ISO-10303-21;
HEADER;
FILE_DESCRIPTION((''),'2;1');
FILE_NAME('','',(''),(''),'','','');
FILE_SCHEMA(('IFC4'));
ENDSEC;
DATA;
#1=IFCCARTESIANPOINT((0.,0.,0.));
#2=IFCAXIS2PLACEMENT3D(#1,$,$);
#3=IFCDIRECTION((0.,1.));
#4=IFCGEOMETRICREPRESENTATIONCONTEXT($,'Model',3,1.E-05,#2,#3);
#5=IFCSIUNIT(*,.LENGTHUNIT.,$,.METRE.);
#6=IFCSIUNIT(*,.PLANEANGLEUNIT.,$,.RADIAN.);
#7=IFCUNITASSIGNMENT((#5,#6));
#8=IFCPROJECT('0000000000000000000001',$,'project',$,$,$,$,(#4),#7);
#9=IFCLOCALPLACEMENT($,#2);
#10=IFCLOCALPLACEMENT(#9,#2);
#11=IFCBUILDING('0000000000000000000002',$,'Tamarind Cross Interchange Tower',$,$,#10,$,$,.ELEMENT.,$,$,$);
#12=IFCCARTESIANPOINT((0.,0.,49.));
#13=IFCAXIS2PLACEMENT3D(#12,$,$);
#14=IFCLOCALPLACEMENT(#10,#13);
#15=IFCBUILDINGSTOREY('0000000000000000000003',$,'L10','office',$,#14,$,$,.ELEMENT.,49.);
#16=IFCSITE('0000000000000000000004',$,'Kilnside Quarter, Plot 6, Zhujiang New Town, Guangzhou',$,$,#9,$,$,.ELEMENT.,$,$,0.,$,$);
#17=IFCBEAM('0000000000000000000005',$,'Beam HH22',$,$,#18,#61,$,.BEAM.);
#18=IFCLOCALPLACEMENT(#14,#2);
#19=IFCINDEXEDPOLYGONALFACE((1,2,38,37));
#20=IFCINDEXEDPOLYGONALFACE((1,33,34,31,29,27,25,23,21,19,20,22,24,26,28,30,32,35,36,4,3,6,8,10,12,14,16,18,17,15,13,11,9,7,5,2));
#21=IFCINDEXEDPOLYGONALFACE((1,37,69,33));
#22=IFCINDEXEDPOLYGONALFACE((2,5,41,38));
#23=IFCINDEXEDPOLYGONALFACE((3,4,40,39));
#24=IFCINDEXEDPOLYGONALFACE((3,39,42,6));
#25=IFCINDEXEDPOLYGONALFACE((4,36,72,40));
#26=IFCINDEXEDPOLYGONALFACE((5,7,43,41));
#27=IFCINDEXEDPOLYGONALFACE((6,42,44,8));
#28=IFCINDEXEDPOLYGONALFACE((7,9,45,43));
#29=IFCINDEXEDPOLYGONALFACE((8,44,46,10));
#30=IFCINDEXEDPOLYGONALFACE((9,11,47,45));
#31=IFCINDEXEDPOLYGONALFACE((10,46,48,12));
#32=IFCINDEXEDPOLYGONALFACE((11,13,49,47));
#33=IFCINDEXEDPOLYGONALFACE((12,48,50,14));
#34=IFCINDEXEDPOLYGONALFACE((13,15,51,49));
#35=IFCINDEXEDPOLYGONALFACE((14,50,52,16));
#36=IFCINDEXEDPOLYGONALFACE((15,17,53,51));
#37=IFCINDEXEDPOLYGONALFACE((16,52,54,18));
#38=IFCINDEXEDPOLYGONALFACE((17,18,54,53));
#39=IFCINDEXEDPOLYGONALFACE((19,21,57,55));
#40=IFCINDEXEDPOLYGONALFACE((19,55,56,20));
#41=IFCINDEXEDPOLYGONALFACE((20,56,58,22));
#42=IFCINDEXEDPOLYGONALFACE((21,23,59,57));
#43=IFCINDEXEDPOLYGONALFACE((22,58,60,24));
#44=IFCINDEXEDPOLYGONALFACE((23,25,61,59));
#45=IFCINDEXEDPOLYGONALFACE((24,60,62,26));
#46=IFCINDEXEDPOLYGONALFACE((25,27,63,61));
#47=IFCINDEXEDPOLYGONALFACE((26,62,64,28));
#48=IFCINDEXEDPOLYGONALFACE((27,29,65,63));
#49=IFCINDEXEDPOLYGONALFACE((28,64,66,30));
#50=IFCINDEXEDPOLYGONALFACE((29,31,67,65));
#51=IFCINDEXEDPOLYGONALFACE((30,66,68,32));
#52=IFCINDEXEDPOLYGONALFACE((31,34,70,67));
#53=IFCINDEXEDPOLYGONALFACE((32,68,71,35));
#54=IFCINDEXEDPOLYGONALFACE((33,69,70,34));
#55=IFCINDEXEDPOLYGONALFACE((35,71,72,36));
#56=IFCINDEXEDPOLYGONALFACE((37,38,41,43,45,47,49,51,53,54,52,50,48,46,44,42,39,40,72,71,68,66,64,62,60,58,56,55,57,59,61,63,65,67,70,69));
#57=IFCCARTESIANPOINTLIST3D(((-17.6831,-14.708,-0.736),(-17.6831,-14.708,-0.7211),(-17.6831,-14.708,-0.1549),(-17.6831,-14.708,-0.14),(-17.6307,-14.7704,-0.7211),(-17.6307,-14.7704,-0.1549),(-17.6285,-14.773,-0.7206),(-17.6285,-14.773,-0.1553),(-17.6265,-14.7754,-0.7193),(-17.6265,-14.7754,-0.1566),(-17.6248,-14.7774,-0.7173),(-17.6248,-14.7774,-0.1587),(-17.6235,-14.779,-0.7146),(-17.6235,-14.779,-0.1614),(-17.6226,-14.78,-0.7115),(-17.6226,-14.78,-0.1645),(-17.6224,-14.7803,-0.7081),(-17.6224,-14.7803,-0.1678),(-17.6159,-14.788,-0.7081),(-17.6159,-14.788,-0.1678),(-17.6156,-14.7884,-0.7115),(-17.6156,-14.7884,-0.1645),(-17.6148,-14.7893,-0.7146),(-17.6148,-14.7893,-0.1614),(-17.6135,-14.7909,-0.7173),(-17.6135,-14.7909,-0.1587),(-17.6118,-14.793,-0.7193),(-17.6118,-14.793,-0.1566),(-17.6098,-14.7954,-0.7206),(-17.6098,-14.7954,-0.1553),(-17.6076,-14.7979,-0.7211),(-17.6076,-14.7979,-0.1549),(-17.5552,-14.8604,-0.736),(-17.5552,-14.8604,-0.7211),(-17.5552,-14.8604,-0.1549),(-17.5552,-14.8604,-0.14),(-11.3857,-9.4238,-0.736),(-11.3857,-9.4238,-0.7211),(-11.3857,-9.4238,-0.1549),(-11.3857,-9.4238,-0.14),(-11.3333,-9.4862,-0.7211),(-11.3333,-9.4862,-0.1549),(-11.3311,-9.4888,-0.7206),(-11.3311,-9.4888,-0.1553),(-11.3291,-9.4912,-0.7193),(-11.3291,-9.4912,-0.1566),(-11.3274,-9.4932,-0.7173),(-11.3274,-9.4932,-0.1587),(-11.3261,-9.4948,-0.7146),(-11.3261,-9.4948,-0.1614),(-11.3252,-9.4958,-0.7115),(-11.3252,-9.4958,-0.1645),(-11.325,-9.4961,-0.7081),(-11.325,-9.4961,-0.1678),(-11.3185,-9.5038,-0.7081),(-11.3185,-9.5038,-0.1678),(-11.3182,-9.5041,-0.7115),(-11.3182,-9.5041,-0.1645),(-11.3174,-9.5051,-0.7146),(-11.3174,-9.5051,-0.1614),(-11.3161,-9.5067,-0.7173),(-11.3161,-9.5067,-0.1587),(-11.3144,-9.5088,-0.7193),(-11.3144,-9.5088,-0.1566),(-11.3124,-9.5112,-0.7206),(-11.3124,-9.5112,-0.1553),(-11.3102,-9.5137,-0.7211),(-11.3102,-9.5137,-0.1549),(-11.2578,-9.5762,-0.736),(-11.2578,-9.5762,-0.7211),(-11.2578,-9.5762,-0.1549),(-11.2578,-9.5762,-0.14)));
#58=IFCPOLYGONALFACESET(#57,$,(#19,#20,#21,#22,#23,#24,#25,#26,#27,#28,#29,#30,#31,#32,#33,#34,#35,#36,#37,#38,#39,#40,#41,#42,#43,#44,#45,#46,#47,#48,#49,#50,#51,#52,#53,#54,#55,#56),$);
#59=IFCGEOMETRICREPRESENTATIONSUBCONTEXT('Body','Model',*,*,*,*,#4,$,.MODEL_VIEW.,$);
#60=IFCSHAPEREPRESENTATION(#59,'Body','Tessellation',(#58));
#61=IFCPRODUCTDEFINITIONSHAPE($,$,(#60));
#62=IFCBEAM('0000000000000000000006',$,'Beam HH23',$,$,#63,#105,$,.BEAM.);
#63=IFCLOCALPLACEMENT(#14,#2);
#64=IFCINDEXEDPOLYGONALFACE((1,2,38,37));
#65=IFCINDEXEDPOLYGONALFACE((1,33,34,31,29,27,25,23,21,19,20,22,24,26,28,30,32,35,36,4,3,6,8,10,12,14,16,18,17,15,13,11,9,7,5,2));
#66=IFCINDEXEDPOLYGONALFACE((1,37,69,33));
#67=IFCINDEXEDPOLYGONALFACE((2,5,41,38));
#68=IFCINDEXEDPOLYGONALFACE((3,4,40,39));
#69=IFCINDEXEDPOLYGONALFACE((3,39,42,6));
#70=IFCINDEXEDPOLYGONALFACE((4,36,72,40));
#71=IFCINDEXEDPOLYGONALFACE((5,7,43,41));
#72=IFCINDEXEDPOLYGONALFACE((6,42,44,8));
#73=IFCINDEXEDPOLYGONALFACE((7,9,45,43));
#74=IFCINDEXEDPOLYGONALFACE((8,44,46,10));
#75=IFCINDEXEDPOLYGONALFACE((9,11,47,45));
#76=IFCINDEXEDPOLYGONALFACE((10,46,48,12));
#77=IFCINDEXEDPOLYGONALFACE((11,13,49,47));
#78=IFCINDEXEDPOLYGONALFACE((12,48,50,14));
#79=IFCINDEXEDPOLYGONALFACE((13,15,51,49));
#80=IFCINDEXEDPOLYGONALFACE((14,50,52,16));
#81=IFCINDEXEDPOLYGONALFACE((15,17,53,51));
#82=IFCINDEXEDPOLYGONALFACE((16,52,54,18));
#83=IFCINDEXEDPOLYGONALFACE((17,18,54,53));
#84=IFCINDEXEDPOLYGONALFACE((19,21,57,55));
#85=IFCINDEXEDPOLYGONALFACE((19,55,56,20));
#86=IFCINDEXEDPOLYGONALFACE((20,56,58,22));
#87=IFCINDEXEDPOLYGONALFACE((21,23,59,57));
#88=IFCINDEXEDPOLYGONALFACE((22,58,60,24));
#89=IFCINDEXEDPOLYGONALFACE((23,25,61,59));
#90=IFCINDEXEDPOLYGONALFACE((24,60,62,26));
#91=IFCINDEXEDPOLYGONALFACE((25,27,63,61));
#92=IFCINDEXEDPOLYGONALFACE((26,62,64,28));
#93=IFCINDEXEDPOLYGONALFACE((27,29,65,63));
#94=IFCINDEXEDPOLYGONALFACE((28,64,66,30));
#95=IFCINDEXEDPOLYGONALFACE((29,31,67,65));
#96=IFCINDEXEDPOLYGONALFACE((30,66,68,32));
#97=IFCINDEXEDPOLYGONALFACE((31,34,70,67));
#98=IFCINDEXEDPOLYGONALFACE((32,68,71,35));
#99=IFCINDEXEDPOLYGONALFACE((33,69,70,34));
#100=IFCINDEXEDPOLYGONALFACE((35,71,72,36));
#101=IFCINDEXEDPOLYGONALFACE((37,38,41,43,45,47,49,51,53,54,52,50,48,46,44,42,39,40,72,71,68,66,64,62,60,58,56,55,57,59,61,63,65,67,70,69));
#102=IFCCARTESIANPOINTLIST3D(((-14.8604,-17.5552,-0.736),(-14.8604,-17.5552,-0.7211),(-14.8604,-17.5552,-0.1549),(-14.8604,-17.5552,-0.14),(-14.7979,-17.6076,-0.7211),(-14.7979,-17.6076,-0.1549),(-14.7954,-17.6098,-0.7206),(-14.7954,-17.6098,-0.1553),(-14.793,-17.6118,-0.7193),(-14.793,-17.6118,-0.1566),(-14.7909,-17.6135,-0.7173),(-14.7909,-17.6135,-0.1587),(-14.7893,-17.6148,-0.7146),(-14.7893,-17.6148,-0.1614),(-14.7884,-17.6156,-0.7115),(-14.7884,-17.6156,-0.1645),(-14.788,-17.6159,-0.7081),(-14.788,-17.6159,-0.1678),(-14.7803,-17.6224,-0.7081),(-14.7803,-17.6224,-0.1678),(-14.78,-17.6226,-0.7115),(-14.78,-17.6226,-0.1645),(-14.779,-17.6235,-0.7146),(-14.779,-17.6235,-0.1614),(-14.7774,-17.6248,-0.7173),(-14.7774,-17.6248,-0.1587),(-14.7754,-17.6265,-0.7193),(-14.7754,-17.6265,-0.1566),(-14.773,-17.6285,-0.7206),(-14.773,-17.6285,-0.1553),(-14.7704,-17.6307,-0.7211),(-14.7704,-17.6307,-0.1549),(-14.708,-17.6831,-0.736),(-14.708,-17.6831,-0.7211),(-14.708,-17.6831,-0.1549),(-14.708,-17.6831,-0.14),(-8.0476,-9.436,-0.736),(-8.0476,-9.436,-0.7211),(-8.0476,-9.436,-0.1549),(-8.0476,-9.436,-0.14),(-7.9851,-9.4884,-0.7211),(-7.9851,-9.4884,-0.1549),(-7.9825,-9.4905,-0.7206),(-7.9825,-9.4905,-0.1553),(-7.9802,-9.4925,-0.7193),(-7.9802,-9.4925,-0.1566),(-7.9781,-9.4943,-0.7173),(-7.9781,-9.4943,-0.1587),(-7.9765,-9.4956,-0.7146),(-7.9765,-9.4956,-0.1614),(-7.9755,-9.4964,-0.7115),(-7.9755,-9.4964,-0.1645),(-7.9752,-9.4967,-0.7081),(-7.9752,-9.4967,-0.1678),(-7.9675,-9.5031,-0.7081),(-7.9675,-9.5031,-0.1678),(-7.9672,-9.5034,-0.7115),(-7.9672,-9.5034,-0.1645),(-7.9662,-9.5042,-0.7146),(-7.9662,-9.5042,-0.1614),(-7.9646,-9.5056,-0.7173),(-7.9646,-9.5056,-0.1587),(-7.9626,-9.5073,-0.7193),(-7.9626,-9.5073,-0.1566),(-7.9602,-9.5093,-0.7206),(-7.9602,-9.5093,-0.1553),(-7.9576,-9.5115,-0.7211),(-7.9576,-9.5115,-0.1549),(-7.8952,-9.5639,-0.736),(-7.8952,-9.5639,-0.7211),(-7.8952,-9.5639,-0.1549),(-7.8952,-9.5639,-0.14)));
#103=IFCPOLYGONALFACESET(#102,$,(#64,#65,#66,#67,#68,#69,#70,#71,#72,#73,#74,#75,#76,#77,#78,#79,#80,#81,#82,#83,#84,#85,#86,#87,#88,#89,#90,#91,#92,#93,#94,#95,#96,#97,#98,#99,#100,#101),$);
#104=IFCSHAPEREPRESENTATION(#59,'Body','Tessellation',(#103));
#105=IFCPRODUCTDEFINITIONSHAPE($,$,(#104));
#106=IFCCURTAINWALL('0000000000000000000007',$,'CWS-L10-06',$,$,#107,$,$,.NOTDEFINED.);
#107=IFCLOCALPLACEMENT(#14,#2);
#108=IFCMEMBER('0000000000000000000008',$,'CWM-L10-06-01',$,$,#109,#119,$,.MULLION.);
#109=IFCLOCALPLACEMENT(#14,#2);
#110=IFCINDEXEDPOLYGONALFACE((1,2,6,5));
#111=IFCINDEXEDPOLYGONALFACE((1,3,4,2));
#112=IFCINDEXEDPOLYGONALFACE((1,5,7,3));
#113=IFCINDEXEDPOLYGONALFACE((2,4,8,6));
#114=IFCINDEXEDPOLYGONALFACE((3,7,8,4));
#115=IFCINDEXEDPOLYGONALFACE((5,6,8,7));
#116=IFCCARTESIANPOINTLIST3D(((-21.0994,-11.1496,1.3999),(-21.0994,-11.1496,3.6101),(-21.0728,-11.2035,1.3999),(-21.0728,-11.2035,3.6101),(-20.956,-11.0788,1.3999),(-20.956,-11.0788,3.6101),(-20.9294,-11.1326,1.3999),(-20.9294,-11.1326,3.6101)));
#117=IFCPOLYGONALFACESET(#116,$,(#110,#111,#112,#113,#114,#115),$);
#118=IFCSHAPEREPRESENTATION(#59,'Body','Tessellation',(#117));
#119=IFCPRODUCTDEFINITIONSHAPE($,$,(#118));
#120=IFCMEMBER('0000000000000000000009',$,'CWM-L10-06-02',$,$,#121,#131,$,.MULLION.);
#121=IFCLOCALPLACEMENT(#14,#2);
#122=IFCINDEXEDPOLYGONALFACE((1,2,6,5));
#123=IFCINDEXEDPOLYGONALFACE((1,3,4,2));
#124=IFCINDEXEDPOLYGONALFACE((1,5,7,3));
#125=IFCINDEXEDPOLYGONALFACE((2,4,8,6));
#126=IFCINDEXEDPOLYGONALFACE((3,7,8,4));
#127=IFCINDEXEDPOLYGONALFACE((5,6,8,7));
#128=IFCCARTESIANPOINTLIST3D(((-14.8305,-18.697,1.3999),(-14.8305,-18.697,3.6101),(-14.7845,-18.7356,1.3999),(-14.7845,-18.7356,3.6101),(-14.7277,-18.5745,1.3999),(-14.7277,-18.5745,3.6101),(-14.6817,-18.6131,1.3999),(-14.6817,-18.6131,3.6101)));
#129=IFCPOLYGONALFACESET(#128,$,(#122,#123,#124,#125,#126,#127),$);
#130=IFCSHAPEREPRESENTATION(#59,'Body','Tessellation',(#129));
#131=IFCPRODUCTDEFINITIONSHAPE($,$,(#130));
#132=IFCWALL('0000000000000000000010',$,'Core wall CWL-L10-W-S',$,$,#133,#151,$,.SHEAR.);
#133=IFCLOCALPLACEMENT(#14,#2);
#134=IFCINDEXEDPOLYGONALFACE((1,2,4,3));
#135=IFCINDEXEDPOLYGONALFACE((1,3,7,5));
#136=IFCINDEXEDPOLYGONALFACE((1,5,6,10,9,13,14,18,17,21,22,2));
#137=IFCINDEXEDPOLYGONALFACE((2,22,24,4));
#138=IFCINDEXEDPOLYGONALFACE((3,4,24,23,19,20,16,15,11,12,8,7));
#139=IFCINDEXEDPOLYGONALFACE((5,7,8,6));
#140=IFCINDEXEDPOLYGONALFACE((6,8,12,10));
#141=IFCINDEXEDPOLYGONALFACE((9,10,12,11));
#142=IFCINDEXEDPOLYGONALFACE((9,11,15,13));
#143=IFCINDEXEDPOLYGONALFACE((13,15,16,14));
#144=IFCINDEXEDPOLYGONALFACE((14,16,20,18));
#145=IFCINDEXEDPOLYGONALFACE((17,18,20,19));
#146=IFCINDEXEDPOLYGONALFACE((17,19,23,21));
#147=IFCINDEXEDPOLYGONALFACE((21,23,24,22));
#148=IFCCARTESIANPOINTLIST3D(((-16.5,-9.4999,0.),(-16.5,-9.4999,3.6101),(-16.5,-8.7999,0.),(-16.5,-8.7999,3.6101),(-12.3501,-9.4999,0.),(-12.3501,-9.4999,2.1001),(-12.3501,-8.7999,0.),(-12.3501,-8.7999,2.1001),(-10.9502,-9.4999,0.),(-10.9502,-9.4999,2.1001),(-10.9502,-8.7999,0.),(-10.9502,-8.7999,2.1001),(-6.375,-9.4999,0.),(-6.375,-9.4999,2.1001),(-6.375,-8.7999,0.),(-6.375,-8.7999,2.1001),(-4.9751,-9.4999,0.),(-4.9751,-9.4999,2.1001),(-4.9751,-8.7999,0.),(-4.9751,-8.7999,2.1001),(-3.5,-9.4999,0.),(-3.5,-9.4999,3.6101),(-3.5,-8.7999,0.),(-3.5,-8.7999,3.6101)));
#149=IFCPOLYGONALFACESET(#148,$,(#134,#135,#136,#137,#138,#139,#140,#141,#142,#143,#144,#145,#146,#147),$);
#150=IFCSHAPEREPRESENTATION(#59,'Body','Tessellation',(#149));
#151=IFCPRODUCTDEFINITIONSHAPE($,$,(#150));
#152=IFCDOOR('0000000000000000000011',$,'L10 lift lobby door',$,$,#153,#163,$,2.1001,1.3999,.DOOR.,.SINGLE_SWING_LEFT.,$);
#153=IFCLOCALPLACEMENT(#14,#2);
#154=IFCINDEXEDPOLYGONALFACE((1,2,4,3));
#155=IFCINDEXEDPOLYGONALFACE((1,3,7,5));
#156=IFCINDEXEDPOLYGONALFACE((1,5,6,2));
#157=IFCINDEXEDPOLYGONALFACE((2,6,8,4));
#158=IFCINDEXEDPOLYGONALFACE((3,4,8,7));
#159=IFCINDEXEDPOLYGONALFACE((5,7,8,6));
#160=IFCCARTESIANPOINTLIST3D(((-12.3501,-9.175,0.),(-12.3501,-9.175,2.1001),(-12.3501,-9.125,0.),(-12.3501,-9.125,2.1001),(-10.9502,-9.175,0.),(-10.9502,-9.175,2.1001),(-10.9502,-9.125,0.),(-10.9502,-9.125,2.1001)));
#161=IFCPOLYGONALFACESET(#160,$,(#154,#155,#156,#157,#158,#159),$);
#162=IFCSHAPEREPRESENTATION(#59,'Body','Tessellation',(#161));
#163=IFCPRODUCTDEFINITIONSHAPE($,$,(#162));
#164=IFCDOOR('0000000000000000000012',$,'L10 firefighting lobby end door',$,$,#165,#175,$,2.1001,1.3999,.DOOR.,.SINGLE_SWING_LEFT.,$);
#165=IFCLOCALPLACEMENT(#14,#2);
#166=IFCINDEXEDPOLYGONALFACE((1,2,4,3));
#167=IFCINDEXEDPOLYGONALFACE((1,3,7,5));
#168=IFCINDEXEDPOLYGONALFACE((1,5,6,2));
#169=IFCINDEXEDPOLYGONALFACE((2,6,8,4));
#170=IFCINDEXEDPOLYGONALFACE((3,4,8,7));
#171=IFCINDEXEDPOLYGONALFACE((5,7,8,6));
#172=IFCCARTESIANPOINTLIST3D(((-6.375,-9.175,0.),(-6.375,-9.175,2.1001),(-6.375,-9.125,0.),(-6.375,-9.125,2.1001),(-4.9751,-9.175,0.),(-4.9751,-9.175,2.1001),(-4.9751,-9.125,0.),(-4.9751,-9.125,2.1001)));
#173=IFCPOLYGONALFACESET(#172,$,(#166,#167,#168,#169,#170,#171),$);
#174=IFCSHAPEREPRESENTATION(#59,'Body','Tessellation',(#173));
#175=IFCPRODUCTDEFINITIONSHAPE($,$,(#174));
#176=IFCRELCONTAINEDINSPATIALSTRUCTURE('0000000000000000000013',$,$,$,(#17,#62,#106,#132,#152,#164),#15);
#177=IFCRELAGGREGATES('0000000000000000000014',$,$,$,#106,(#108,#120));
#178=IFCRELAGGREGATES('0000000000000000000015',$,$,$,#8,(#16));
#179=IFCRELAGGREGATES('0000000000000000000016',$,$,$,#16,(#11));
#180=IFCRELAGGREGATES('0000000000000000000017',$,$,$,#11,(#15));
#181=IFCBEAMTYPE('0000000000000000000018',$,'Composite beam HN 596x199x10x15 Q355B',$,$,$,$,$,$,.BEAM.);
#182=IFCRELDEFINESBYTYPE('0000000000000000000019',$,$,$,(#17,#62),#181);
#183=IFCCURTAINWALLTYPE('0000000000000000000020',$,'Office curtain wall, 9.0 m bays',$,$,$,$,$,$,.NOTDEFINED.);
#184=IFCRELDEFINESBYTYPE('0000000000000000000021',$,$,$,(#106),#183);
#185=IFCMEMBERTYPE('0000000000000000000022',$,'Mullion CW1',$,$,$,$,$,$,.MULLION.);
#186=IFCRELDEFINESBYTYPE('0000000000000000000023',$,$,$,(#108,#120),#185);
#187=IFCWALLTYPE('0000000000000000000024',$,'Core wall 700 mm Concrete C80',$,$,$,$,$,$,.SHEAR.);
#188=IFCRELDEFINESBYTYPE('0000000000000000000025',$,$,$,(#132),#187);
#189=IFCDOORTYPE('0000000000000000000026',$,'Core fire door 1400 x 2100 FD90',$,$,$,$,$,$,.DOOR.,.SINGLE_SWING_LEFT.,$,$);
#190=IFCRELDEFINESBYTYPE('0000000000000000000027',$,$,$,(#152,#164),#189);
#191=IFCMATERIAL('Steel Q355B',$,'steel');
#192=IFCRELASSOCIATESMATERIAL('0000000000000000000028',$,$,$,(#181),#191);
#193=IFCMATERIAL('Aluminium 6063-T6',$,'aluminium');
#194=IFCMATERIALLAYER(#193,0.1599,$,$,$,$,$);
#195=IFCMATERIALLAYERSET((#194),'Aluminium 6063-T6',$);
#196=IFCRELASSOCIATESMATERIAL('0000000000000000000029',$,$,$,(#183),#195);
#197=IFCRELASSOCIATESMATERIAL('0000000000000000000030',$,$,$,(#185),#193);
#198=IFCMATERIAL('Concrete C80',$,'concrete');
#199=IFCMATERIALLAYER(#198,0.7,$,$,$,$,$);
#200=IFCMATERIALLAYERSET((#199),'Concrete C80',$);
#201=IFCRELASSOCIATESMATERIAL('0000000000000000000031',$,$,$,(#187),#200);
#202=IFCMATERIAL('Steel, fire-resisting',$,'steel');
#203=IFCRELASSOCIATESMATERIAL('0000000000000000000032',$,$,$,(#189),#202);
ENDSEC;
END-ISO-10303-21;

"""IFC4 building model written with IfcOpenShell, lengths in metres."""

from ifc_helpers import new_model, si_unit, direction, frame, frame_2d, origin, origin_2d, place, context, subcontext, project, spatial, rectangle, i_section, extrude, material, layer, layer_set, material_profile, profile_set, type_object, element, fill, aggregate, save


model = new_model("IFC4")

# Units and contexts
model_context = context("Model", 3, precision=1e-05, world=origin(), true_north=direction((0.0, 1.0)))
body_context = subcontext(model_context, "Body", "Model", "MODEL_VIEW")
ifc_project = project(units=[si_unit("LENGTHUNIT", "METRE"), si_unit("PLANEANGLEUNIT", "RADIAN")], contexts=[model_context])

# Site, building, storey
site_placement = place(None, origin())
site = spatial("IfcSite", under=ifc_project, at=site_placement, Name="Kilnside Quarter, Plot 6, Zhujiang New Town, Guangzhou", CompositionType="ELEMENT", RefElevation=0.0)
building_placement = place(site_placement, origin())
building = spatial("IfcBuilding", under=site, at=building_placement, Name="Tamarind Cross Interchange Tower", CompositionType="ELEMENT")
storey_placement = place(building_placement, frame((0.0, 0.0, 49.0)))
storey = spatial("IfcBuildingStorey", under=building, at=storey_placement, Name="L10", Description="office", CompositionType="ELEMENT", Elevation=49.0)

# Beams
ifc_material_1 = material(Name="Steel Q355B", Category="steel")
ifc_material_profile_1 = material_profile(ifc_material_1, i_section(OverallWidth=0.199, OverallDepth=0.5959, WebThickness=0.01, FlangeThickness=0.0149, FilletRadius=0.0129, at=origin_2d()), Name="HN 596x199x10x15")
ifc_profile_set_1 = profile_set([ifc_material_profile_1], Name="Steel Q355B")
beam_type = type_object("IfcBeamType", Name="Composite beam HN 596x199x10x15 Q355B", PredefinedType="BEAM", material=ifc_profile_set_1)
beam_1_placement = place(storey_placement, frame((-17.6191, -14.7842, -0.438), z_axis=(0.766041, 0.642792, 0.0), x_axis=(-0.642792, 0.766041, 0.0)))
element("IfcBeam", 1, at=beam_1_placement, inside=storey, type_object=beam_type, Name="Beam HH22", PredefinedType="BEAM", context=body_context, shape_type="SweptSolid", body=[
    extrude(i_section(OverallWidth=0.199, OverallDepth=0.5959, WebThickness=0.01, FlangeThickness=0.0149, FilletRadius=0.0129, at=origin_2d()), origin(), (0.0, 0.0, 1.0), 8.2207),
])
beam_2_placement = place(storey_placement, frame((-14.7842, -17.6191, -0.438), z_axis=(0.642786, 0.766046, 0.0), x_axis=(-0.766046, 0.642786, 0.0)))
element("IfcBeam", 2, at=beam_2_placement, inside=storey, type_object=beam_type, Name="Beam HH23", PredefinedType="BEAM", context=body_context, shape_type="SweptSolid", body=[
    extrude(i_section(OverallWidth=0.199, OverallDepth=0.5959, WebThickness=0.01, FlangeThickness=0.0149, FilletRadius=0.0129, at=origin_2d()), origin(), (0.0, 0.0, 1.0), 10.5989),
])

# Curtain wall, members
ifc_material_2 = material(Name="Aluminium 6063-T6", Category="aluminium")
ifc_layer_1 = layer(ifc_material_2, 0.1599)
ifc_layer_set_1 = layer_set([ifc_layer_1], Name="Aluminium 6063-T6")
curtain_wall_type = type_object("IfcCurtainWallType", Name="Office curtain wall, 9.0 m bays", PredefinedType="NOTDEFINED", material=ifc_layer_set_1)
curtain_wall_placement = place(storey_placement, origin())
curtain_wall = element("IfcCurtainWall", 3, at=curtain_wall_placement, inside=storey, type_object=curtain_wall_type, Name="CWS-L10-06", PredefinedType="NOTDEFINED")
ifc_material_profile_2 = material_profile(ifc_material_2, rectangle(XDim=0.0601, YDim=0.1599, at=origin_2d()), Name="Mullion CW1")
ifc_profile_set_2 = profile_set([ifc_material_profile_2], Name="Aluminium 6063-T6")
member_type = type_object("IfcMemberType", Name="Mullion CW1", PredefinedType="MULLION", material=ifc_profile_set_2)
member_1_placement = place(storey_placement, frame((-21.0144, -11.1411, 1.3999), z_axis=(0.0, 0.0, 1.0), x_axis=(0.443059, -0.896493, 0.0)))
member_1 = element("IfcMember", 4, at=member_1_placement, type_object=member_type, Name="CWM-L10-06-01", PredefinedType="MULLION", context=body_context, shape_type="SweptSolid", body=[
    extrude(rectangle(XDim=0.0601, YDim=0.1599, at=origin_2d()), origin(), (0.0, 0.0, 1.0), 2.2102),
])
member_2_placement = place(storey_placement, frame((-14.7561, -18.655, 1.3999), z_axis=(0.0, 0.0, 1.0), x_axis=(0.765858, -0.643009, 0.0)))
member_2 = element("IfcMember", 5, at=member_2_placement, type_object=member_type, Name="CWM-L10-06-02", PredefinedType="MULLION", context=body_context, shape_type="SweptSolid", body=[
    extrude(rectangle(XDim=0.0601, YDim=0.1599, at=origin_2d()), origin(), (0.0, 0.0, 1.0), 2.2102),
])
aggregate(curtain_wall, [member_1, member_2])

# Wall, openings, doors
ifc_material_3 = material(Name="Concrete C80", Category="concrete")
ifc_layer_2 = layer(ifc_material_3, 0.7)
ifc_layer_set_2 = layer_set([ifc_layer_2], Name="Concrete C80")
wall_type_1 = type_object("IfcWallType", Name="Core wall 700 mm Concrete C80", PredefinedType="SHEAR", material=ifc_layer_set_2)
wall_1_placement = place(storey_placement, frame((-16.5, -9.1499, 0.0), z_axis=(0.0, 0.0, 1.0), x_axis=(1.0, 0.0, 0.0)))
wall_1 = element("IfcWall", 6, at=wall_1_placement, inside=storey, type_object=wall_type_1, Name="Core wall CWL-L10-W-S", PredefinedType="SHEAR", context=body_context, shape_type="SweptSolid", body=[
    extrude(rectangle(XDim=13.0, YDim=0.7, at=frame_2d((6.5, 0.0))), origin(), (0.0, 0.0, 1.0), 3.6101),
])
opening_1_placement = place(wall_1_placement, frame((4.1499, 0.0, 0.0)))
opening_1 = element("IfcOpeningElement", 7, at=opening_1_placement, cuts=wall_1, PredefinedType="OPENING", context=body_context, shape_type="SweptSolid", body=[
    extrude(rectangle(XDim=1.3999, YDim=2.1001, at=frame_2d((0.7, 1.05))), frame((0.0, 0.3599, 0.0), z_axis=(0.0, -1.0, 0.0), x_axis=(1.0, 0.0, 0.0)), (0.0, 0.0, 1.0), 0.72),
])
opening_2_placement = place(wall_1_placement, frame((10.125, 0.0, 0.0)))
opening_2 = element("IfcOpeningElement", 8, at=opening_2_placement, cuts=wall_1, PredefinedType="OPENING", context=body_context, shape_type="SweptSolid", body=[
    extrude(rectangle(XDim=1.3999, YDim=2.1001, at=frame_2d((0.7, 1.05))), frame((0.0, 0.3599, 0.0), z_axis=(0.0, -1.0, 0.0), x_axis=(1.0, 0.0, 0.0)), (0.0, 0.0, 1.0), 0.72),
])
ifc_material_4 = material(Name="Steel, fire-resisting", Category="steel")
door_type_1 = type_object("IfcDoorType", Name="Core fire door 1400 x 2100 FD90", OperationType="SINGLE_SWING_LEFT", PredefinedType="DOOR", material=ifc_material_4)
door_1_placement = place(opening_1_placement, origin())
door_1 = element("IfcDoor", 9, at=door_1_placement, inside=storey, type_object=door_type_1, Name="L10 lift lobby door", OperationType="SINGLE_SWING_LEFT", OverallHeight=2.1001, OverallWidth=1.3999, PredefinedType="DOOR", context=body_context, shape_type="SweptSolid", body=[
    extrude(rectangle(XDim=1.3999, YDim=2.1001, at=frame_2d((0.7, 1.05))), frame((0.0, 0.0249, 0.0), z_axis=(0.0, -1.0, 0.0), x_axis=(1.0, 0.0, 0.0)), (0.0, 0.0, 1.0), 0.05),
])
fill(opening_1, door_1)
door_2_placement = place(opening_2_placement, origin())
door_2 = element("IfcDoor", 10, at=door_2_placement, inside=storey, type_object=door_type_1, Name="L10 firefighting lobby end door", OperationType="SINGLE_SWING_LEFT", OverallHeight=2.1001, OverallWidth=1.3999, PredefinedType="DOOR", context=body_context, shape_type="SweptSolid", body=[
    extrude(rectangle(XDim=1.3999, YDim=2.1001, at=frame_2d((0.7, 1.05))), frame((0.0, 0.0249, 0.0), z_axis=(0.0, -1.0, 0.0), x_axis=(1.0, 0.0, 0.0)), (0.0, 0.0, 1.0), 0.05),
])
fill(opening_2, door_2)

save(model, "model.ifc")
